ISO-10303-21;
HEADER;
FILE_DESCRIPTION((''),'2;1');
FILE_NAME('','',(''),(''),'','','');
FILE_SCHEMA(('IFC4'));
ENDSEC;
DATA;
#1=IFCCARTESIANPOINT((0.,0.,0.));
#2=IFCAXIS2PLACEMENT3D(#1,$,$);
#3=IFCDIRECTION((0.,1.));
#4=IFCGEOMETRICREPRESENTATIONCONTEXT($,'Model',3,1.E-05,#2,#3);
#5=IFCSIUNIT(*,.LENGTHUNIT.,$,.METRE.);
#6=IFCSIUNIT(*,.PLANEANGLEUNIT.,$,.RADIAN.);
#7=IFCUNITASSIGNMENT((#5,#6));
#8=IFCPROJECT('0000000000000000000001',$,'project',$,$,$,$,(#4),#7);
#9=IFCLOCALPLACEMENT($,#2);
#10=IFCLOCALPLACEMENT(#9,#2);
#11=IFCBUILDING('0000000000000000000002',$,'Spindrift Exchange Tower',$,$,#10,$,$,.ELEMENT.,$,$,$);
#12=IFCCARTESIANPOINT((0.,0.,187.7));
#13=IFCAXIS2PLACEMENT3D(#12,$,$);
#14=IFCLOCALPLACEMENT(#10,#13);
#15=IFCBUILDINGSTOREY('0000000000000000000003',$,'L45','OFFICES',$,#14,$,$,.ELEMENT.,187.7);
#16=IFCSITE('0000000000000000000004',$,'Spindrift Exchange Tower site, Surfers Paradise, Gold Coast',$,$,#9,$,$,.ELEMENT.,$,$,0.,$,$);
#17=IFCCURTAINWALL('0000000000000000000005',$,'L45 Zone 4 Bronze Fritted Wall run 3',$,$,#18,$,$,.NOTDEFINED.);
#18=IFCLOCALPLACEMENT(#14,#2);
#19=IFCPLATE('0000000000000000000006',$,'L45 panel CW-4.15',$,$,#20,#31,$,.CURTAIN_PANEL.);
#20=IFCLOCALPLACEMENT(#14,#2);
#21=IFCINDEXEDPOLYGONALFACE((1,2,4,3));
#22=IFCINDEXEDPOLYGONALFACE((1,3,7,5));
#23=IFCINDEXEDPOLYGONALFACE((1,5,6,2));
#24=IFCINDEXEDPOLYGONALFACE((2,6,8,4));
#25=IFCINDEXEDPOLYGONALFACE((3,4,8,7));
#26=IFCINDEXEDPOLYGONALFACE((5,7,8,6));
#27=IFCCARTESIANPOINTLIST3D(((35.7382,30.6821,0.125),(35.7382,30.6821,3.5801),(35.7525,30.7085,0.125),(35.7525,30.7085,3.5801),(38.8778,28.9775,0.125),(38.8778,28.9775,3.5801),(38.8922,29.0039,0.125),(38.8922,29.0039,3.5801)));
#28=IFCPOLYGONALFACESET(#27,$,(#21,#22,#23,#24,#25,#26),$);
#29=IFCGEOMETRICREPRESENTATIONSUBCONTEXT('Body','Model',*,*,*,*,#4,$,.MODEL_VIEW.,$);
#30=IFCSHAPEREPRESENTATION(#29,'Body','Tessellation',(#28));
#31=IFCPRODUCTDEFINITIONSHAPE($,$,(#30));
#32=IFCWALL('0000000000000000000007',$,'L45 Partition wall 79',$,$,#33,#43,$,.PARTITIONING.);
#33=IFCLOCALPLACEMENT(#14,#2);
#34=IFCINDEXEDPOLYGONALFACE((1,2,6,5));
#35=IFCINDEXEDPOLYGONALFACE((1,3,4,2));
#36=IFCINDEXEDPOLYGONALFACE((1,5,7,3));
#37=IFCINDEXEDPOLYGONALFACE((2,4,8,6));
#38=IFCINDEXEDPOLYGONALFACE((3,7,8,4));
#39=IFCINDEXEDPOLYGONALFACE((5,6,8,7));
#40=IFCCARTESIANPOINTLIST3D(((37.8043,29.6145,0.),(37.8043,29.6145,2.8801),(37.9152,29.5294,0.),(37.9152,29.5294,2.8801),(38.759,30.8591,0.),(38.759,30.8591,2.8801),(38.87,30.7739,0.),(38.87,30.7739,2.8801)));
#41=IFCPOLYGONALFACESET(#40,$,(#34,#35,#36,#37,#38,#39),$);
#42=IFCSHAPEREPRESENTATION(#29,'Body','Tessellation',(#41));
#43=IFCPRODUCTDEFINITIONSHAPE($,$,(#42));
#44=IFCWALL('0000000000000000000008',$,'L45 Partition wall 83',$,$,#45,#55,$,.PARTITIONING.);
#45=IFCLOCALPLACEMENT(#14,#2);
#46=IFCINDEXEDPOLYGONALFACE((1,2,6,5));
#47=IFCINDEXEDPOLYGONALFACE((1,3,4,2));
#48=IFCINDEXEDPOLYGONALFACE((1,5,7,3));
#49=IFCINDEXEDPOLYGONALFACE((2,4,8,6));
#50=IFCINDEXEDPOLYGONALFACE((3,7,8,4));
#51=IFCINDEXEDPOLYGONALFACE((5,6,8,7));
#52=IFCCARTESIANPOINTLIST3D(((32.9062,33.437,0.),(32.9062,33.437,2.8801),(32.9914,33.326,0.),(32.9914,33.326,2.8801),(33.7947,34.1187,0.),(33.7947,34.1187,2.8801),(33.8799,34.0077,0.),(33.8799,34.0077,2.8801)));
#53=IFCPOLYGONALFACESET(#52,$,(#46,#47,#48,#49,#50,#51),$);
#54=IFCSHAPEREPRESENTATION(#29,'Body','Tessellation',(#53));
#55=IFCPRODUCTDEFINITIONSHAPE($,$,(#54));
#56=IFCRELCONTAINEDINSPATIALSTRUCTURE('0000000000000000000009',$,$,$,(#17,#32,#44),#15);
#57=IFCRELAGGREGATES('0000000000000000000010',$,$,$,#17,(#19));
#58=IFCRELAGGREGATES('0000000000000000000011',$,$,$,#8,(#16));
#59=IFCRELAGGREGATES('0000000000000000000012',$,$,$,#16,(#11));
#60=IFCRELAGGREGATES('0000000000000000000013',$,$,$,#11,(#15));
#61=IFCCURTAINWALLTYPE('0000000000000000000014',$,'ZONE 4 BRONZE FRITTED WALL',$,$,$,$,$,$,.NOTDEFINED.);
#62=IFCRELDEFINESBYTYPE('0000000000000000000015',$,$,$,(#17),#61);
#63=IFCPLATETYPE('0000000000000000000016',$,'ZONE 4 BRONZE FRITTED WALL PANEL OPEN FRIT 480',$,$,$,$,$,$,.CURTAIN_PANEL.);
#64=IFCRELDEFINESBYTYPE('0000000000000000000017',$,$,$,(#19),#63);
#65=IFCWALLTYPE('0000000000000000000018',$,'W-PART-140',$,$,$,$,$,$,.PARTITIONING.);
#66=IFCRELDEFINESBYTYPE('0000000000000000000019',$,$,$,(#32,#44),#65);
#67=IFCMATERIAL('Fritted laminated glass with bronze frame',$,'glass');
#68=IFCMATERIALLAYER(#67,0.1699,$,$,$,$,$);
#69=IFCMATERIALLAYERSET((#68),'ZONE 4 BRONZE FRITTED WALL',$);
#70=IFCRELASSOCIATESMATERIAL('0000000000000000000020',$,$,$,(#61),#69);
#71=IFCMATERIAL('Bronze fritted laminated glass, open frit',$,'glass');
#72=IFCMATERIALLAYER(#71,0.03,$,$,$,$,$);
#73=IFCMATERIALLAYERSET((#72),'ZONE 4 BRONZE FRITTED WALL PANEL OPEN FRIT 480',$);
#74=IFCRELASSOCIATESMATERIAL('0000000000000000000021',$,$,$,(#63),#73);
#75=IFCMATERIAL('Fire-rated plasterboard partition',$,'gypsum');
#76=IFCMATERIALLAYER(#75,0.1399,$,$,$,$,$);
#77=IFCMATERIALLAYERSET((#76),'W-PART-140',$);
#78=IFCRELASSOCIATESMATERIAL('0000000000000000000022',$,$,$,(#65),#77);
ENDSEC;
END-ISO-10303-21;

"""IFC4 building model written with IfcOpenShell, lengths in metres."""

from ifc_helpers import new_model, si_unit, direction, frame, frame_2d, origin, origin_2d, place, context, subcontext, project, spatial, rectangle, extrude, source, transform, mapped, material, layer, layer_set, type_object, element, aggregate, save


model = new_model("IFC4")

# Units and contexts
model_context = context("Model", 3, precision=1e-05, world=origin(), true_north=direction((0.0, 1.0)))
body_context = subcontext(model_context, "Body", "Model", "MODEL_VIEW")
ifc_project = project(units=[si_unit("LENGTHUNIT", "METRE"), si_unit("PLANEANGLEUNIT", "RADIAN")], contexts=[model_context])

# Site, building, storey
site_placement = place(None, origin())
site = spatial("IfcSite", under=ifc_project, at=site_placement, Name="Spindrift Exchange Tower site, Surfers Paradise, Gold Coast", CompositionType="ELEMENT", RefElevation=0.0)
building_placement = place(site_placement, origin())
building = spatial("IfcBuilding", under=site, at=building_placement, Name="Spindrift Exchange Tower", CompositionType="ELEMENT")
storey_placement = place(building_placement, frame((0.0, 0.0, 187.7)))
storey = spatial("IfcBuildingStorey", under=building, at=storey_placement, Name="L45", Description="OFFICES", CompositionType="ELEMENT", Elevation=187.7)

# Curtain wall
ifc_material_1 = material(Name="Fritted laminated glass with bronze frame", Category="glass")
ifc_layer_1 = layer(ifc_material_1, 0.1699)
ifc_layer_set_1 = layer_set([ifc_layer_1], Name="ZONE 4 BRONZE FRITTED WALL")
curtain_wall_type = type_object("IfcCurtainWallType", Name="ZONE 4 BRONZE FRITTED WALL", PredefinedType="NOTDEFINED", material=ifc_layer_set_1)
curtain_wall_placement = place(storey_placement, origin())
curtain_wall = element("IfcCurtainWall", 1, at=curtain_wall_placement, inside=storey, type_object=curtain_wall_type, Name="L45 Zone 4 Bronze Fritted Wall run 3", PredefinedType="NOTDEFINED")

# Plate
ifc_material_2 = material(Name="Bronze fritted laminated glass, open frit", Category="glass")
ifc_layer_2 = layer(ifc_material_2, 0.03)
ifc_layer_set_2 = layer_set([ifc_layer_2], Name="ZONE 4 BRONZE FRITTED WALL PANEL OPEN FRIT 480")
plate_type_1 = type_object("IfcPlateType", Name="ZONE 4 BRONZE FRITTED WALL PANEL OPEN FRIT 480", PredefinedType="CURTAIN_PANEL", material=ifc_layer_set_2)
shared_shape_1 = source(origin(), body_context, "Body", "SweptSolid", [
    extrude(rectangle(XDim=3.5725, YDim=0.03, at=origin_2d()), origin(), (0.0, 0.0, 1.0), 3.4551),
])
plate_1_placement = place(storey_placement, frame((37.3152, 29.843, 0.125), z_axis=(0.0, 0.0, 1.0), x_axis=(0.878825, -0.477145, 0.0)))
plate_1 = element("IfcPlate", 2, at=plate_1_placement, type_object=plate_type_1, Name="L45 panel CW-4.15", PredefinedType="CURTAIN_PANEL", context=body_context, shape_type="MappedRepresentation", body=[
    mapped(shared_shape_1, transform((0.0, 0.0, 0.0), scale=1.0)),
])
aggregate(curtain_wall, [plate_1])

# Walls
ifc_material_3 = material(Name="Fire-rated plasterboard partition", Category="gypsum")
ifc_layer_3 = layer(ifc_material_3, 0.1399)
ifc_layer_set_3 = layer_set([ifc_layer_3], Name="W-PART-140")
wall_type = type_object("IfcWallType", Name="W-PART-140", PredefinedType="PARTITIONING", material=ifc_layer_set_3)
wall_1_placement = place(storey_placement, frame((38.8145, 30.8164, 0.0), z_axis=(0.0, 0.0, 1.0), x_axis=(-0.60868, -0.793416, 0.0)))
element("IfcWall", 3, at=wall_1_placement, inside=storey, type_object=wall_type, Name="L45 Partition wall 79", PredefinedType="PARTITIONING", context=body_context, shape_type="SweptSolid", body=[
    extrude(rectangle(XDim=1.5686, YDim=0.1399, at=frame_2d((0.7842, 0.0))), origin(), (0.0, 0.0, 1.0), 2.8801),
])
wall_2_placement = place(storey_placement, frame((33.8374, 34.0632, 0.0), z_axis=(0.0, 0.0, 1.0), x_axis=(-0.793385, -0.60872, 0.0)))
element("IfcWall", 4, at=wall_2_placement, inside=storey, type_object=wall_type, Name="L45 Partition wall 83", PredefinedType="PARTITIONING", context=body_context, shape_type="SweptSolid", body=[
    extrude(rectangle(XDim=1.1199, YDim=0.1399, at=frame_2d((0.5601, 0.0))), origin(), (0.0, 0.0, 1.0), 2.8801),
])

save(model, "model.ifc")
